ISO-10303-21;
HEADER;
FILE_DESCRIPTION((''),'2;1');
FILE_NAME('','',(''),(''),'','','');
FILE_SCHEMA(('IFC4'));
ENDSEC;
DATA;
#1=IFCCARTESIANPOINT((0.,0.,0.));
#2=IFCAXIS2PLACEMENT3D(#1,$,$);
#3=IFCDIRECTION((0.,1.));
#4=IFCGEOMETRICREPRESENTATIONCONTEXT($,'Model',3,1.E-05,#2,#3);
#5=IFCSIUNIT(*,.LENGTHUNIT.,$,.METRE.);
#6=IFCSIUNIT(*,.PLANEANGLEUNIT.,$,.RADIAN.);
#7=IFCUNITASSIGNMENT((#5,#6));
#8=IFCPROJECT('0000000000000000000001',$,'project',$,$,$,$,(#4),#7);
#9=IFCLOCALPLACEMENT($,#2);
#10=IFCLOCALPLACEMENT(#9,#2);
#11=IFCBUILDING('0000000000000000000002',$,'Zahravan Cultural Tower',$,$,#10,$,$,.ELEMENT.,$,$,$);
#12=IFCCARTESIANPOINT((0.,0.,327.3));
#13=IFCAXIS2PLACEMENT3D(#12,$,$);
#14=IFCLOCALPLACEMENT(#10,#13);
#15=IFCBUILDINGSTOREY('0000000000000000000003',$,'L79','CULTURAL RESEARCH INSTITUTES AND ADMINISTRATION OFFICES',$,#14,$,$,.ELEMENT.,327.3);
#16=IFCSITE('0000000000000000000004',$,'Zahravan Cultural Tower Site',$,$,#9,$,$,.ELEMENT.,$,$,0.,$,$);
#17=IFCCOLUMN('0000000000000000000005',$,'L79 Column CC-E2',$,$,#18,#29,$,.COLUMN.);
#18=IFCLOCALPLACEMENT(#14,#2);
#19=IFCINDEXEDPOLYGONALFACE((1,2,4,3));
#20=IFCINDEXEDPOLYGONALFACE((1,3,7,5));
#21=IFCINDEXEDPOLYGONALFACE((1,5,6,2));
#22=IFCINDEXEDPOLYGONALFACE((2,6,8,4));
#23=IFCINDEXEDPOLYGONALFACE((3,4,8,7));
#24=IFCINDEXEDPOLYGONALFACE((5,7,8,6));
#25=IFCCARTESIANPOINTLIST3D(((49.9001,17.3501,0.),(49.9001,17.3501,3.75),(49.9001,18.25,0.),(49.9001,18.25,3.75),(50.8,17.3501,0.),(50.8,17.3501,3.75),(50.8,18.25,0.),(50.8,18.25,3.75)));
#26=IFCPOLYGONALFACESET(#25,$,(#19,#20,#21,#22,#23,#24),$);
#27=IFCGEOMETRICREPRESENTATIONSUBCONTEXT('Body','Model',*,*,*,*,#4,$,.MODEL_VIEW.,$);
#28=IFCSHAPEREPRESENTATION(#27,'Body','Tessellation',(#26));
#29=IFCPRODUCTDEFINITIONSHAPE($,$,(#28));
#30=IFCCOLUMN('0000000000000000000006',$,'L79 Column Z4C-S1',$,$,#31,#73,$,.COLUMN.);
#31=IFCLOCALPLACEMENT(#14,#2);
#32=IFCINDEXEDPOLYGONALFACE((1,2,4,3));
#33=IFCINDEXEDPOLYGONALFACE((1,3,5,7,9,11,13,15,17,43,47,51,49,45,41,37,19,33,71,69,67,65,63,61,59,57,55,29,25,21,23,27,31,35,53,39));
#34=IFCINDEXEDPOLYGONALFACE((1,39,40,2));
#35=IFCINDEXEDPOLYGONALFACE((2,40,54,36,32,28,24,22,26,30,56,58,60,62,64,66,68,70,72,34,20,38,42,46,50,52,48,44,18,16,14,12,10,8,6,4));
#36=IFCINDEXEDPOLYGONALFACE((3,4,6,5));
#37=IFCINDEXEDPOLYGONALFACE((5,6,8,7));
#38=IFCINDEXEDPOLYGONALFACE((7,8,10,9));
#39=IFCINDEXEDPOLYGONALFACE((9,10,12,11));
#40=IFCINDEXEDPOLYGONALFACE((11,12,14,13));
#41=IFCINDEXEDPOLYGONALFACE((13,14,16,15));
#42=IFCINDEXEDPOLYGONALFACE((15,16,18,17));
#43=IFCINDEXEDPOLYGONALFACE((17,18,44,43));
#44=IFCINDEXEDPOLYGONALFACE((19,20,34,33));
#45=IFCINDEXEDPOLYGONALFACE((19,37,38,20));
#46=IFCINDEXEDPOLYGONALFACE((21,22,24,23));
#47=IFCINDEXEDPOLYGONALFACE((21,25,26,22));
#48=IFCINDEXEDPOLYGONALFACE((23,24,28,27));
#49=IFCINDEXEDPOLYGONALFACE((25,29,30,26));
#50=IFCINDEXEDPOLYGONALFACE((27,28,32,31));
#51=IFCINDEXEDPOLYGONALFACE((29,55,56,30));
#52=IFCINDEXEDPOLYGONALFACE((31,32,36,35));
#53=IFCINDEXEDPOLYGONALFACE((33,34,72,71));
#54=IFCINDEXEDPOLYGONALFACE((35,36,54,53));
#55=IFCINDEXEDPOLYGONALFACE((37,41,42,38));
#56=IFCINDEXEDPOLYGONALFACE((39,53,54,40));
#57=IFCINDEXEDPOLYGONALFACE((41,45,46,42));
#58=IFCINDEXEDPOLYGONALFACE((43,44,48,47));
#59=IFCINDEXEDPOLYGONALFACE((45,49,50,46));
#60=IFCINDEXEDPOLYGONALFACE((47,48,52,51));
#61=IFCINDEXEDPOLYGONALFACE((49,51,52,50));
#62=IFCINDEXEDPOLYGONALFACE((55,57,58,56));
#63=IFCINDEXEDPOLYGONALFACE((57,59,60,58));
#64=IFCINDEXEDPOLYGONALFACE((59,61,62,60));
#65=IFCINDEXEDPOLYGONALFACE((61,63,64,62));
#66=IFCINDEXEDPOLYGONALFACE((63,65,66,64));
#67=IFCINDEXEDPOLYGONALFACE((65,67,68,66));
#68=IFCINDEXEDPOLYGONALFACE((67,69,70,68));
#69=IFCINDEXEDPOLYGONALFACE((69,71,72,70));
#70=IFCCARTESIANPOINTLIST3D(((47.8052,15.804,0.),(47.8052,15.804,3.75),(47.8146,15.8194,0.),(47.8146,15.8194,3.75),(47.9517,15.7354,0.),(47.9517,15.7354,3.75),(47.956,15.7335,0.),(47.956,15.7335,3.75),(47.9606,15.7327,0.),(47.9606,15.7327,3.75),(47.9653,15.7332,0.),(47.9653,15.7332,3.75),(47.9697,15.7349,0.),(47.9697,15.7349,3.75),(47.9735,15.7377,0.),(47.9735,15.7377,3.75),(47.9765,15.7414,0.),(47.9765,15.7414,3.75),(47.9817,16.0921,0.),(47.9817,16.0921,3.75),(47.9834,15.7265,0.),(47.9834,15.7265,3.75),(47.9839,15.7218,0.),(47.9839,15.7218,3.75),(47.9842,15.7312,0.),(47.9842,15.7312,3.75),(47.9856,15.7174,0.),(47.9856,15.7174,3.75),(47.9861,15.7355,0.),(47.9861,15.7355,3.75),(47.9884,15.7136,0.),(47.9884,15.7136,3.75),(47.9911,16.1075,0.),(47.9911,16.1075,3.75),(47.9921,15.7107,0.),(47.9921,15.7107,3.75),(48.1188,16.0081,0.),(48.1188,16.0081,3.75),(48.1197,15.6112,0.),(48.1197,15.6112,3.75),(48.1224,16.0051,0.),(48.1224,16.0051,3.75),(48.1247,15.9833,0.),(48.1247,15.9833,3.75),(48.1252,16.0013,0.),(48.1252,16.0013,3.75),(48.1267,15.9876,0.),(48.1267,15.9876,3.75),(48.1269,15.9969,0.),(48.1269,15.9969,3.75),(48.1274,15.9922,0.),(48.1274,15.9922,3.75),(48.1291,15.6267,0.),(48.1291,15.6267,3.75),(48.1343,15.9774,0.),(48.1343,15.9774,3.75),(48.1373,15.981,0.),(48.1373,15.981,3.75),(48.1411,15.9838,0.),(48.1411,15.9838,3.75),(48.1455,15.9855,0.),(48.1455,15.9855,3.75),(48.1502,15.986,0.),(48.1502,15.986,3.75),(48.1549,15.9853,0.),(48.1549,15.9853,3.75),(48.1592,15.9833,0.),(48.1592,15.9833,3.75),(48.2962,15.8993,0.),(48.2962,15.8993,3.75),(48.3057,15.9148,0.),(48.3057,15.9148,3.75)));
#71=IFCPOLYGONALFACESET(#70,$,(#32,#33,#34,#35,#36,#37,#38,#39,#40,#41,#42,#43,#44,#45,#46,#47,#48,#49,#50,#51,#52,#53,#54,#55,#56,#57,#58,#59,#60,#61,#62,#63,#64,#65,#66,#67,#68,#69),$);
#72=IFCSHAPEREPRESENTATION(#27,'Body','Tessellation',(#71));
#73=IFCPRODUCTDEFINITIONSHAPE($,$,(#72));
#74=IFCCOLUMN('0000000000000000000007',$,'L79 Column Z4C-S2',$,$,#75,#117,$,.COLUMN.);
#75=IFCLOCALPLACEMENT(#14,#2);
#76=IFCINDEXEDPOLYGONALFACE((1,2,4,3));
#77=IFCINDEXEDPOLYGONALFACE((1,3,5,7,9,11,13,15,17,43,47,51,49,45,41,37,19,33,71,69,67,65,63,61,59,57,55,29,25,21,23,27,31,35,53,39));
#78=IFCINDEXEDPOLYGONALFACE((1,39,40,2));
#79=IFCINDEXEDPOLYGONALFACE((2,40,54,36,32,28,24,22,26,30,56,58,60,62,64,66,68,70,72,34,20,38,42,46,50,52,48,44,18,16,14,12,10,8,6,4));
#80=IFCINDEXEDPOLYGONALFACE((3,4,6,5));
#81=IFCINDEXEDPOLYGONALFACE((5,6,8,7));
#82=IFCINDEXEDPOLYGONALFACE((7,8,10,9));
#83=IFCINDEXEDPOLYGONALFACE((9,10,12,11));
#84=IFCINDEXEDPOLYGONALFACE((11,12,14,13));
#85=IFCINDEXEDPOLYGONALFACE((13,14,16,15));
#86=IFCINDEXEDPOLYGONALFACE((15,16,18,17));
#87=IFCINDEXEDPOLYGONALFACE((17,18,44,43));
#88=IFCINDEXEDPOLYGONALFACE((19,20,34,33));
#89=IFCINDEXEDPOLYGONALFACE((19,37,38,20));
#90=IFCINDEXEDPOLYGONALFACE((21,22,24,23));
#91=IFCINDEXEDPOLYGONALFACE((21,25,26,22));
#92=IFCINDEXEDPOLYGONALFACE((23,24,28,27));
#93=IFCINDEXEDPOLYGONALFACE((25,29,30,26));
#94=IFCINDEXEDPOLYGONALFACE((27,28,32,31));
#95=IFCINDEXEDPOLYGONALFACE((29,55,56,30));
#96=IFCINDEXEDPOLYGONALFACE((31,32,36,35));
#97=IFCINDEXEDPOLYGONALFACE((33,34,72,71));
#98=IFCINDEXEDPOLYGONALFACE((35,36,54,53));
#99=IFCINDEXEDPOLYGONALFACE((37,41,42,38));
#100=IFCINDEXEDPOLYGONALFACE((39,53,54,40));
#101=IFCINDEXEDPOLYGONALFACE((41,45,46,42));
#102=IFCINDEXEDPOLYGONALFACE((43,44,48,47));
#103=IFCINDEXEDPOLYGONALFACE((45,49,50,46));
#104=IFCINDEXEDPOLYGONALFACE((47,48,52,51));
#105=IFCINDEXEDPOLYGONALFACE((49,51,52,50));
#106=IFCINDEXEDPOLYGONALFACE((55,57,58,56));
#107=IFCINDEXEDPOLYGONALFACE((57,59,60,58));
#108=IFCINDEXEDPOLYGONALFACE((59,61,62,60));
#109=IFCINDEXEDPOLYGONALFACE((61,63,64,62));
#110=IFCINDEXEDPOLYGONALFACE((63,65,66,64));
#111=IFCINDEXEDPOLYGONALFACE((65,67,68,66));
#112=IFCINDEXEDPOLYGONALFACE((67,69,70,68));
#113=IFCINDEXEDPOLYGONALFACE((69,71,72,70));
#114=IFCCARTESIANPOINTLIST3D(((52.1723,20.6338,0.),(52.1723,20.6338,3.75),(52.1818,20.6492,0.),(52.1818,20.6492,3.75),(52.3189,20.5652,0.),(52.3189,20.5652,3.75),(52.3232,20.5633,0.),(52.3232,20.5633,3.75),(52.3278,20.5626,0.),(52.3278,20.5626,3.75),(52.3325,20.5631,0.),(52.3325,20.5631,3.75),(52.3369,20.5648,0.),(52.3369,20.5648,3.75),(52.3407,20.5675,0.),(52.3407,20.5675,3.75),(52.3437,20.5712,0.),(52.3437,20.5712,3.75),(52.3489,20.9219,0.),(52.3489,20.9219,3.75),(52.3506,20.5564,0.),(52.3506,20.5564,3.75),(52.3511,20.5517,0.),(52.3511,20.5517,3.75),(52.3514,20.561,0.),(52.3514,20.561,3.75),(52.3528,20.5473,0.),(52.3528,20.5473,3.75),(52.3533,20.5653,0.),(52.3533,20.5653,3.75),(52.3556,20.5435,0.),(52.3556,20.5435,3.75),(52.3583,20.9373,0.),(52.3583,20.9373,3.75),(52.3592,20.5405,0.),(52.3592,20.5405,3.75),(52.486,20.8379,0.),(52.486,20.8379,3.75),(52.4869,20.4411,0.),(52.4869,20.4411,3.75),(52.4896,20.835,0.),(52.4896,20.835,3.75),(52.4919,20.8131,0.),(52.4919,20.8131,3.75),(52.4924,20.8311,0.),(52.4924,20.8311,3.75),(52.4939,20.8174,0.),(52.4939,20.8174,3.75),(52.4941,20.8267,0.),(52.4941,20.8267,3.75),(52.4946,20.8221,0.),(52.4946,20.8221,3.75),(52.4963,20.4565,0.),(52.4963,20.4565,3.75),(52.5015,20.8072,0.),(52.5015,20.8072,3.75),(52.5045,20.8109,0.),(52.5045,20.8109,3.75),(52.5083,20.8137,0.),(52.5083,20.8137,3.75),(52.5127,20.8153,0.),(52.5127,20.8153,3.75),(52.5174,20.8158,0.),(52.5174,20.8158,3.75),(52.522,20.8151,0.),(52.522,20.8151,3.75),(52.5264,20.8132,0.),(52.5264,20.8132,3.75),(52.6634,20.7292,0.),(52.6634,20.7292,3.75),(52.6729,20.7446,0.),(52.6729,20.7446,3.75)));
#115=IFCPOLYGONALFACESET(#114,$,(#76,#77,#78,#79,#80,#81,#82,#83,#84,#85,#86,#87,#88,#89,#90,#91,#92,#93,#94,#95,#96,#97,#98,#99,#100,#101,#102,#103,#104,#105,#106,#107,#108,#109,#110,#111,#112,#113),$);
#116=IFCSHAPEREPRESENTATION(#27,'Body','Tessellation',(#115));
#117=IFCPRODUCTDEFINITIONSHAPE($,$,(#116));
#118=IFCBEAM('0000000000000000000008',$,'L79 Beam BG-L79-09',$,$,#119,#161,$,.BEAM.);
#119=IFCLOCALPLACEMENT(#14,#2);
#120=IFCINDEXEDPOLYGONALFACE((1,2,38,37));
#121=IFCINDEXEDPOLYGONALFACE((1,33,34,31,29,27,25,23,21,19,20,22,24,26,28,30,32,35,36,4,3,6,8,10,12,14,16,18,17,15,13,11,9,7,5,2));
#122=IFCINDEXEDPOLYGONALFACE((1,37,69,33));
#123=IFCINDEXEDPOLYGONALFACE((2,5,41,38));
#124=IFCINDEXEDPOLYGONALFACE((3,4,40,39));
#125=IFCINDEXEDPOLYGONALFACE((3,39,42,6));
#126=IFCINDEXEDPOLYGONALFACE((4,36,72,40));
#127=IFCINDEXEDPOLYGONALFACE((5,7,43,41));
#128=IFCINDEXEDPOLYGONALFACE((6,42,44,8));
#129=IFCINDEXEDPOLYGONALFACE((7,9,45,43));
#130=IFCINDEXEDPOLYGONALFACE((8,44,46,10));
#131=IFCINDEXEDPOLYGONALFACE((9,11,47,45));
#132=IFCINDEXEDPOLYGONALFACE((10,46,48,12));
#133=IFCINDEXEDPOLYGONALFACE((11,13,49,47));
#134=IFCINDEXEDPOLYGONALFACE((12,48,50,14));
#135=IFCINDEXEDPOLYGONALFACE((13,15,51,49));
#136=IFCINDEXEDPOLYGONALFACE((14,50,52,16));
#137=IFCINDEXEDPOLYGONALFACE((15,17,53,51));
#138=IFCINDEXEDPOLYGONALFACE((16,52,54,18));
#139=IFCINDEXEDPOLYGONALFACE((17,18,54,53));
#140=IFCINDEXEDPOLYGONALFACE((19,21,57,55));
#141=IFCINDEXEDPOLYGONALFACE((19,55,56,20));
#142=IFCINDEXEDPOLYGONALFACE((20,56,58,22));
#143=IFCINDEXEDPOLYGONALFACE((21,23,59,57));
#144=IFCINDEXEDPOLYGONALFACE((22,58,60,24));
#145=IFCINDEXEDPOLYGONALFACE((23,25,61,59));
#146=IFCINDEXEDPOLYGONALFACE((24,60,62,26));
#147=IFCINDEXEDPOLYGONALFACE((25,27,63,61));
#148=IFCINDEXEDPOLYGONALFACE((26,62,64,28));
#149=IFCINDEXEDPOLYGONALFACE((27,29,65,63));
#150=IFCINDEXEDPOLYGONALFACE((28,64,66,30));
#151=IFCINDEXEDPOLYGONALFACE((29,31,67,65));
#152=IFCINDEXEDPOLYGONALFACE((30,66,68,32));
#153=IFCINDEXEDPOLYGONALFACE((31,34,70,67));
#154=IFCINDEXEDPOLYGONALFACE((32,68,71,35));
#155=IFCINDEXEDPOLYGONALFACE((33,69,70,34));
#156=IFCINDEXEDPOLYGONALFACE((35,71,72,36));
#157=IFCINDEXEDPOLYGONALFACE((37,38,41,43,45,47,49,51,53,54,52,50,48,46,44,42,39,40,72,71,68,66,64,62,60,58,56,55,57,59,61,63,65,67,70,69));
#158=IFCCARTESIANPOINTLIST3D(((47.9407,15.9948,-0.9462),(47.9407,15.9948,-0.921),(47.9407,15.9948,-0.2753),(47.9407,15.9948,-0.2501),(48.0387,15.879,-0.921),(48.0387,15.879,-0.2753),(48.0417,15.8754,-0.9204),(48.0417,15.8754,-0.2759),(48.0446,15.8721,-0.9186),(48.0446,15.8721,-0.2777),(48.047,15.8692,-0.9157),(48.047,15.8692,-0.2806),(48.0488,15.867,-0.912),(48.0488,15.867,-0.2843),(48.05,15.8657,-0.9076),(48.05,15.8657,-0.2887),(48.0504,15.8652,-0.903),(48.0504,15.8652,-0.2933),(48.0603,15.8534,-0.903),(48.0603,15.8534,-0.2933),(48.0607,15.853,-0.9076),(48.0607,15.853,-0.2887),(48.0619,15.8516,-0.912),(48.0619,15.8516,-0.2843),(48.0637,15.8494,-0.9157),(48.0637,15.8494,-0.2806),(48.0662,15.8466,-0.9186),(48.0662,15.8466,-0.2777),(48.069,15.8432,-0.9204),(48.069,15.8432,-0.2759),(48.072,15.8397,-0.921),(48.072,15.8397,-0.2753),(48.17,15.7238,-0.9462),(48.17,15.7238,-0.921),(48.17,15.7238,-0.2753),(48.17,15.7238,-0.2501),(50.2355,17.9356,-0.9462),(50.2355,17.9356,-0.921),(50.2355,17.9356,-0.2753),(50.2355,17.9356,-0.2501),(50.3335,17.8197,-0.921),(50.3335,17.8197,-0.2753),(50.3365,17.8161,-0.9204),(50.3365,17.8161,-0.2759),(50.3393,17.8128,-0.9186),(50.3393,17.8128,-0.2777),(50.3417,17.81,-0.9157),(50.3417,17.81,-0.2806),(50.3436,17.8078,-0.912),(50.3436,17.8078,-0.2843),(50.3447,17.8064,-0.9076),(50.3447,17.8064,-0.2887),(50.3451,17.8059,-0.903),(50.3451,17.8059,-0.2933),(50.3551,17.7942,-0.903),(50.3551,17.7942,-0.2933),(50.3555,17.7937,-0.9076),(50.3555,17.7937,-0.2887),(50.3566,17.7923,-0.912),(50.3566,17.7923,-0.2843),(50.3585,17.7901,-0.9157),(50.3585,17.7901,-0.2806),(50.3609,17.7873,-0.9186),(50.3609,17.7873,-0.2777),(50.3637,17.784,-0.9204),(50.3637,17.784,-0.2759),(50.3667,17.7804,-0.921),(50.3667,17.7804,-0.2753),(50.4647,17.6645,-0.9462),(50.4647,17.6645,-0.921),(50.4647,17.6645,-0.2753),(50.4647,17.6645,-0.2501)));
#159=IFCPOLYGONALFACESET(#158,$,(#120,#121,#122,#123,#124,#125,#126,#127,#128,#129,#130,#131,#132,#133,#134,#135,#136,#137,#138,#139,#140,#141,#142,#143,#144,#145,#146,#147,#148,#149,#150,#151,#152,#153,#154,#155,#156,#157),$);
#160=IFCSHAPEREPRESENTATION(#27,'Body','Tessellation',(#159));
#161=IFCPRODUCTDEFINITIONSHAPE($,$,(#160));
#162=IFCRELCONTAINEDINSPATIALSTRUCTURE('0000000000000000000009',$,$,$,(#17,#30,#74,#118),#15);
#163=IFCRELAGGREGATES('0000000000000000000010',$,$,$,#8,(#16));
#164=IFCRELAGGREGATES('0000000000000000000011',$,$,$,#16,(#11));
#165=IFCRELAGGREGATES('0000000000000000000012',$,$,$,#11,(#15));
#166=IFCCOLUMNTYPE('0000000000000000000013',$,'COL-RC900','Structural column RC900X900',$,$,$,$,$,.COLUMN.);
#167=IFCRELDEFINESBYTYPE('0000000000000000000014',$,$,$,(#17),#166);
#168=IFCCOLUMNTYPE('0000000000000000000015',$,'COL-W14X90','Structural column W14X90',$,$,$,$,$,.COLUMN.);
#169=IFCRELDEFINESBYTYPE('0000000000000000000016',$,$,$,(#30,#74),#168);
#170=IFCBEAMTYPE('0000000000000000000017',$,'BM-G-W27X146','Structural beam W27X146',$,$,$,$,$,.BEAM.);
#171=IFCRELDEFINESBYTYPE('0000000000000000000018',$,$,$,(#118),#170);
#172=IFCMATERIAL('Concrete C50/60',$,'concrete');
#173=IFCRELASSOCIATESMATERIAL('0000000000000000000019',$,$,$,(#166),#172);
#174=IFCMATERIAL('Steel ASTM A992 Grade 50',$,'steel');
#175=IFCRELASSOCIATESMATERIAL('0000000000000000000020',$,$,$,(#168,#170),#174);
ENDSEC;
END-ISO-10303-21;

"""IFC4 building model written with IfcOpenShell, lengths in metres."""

from ifc_helpers import new_model, si_unit, direction, frame, origin, origin_2d, place, context, subcontext, project, spatial, rectangle, i_section, extrude, source, transform, mapped, material, material_profile, profile_set, type_object, element, save


model = new_model("IFC4")

# Units and contexts
model_context = context("Model", 3, precision=1e-05, world=origin(), true_north=direction((0.0, 1.0)))
body_context = subcontext(model_context, "Body", "Model", "MODEL_VIEW")
ifc_project = project(units=[si_unit("LENGTHUNIT", "METRE"), si_unit("PLANEANGLEUNIT", "RADIAN")], contexts=[model_context])

# Site, building, storey
site_placement = place(None, origin())
site = spatial("IfcSite", under=ifc_project, at=site_placement, Name="Zahravan Cultural Tower Site", CompositionType="ELEMENT", RefElevation=0.0)
building_placement = place(site_placement, origin())
building = spatial("IfcBuilding", under=site, at=building_placement, Name="Zahravan Cultural Tower", CompositionType="ELEMENT")
storey_placement = place(building_placement, frame((0.0, 0.0, 327.3)))
storey = spatial("IfcBuildingStorey", under=building, at=storey_placement, Name="L79", Description="CULTURAL RESEARCH INSTITUTES AND ADMINISTRATION OFFICES", CompositionType="ELEMENT", Elevation=327.3)

# Columns
ifc_material_1 = material(Name="Concrete C50/60", Category="concrete")
ifc_material_profile_1 = material_profile(ifc_material_1, rectangle(XDim=0.8999, YDim=0.8999, at=origin_2d()), Name="RC900X900")
ifc_profile_set_1 = profile_set([ifc_material_profile_1], Name="Concrete C50/60")
column_type_1 = type_object("IfcColumnType", Name="COL-RC900", Description="Structural column RC900X900", PredefinedType="COLUMN", material=ifc_profile_set_1)
shared_shape_1 = source(origin(), body_context, "Body", "SweptSolid", [
    extrude(rectangle(XDim=0.8999, YDim=0.8999, at=origin_2d()), origin(), (0.0, 0.0, 1.0), 3.75),
])
column_placement = place(storey_placement, frame((50.3501, 17.8, 0.0), z_axis=(0.0, 0.0, 1.0), x_axis=(1.0, 0.0, 0.0)))
element("IfcColumn", 1, at=column_placement, inside=storey, type_object=column_type_1, Name="L79 Column CC-E2", PredefinedType="COLUMN", context=body_context, shape_type="MappedRepresentation", body=[
    mapped(shared_shape_1, transform((0.0, 0.0, 0.0), x_axis=(1.0, 0.0, 0.0), y_axis=(0.0, 1.0, 0.0), z_axis=(0.0, 0.0, 1.0), scale=1.0)),
])
ifc_material_2 = material(Name="Steel ASTM A992 Grade 50", Category="steel")
ifc_material_profile_2 = material_profile(ifc_material_2, i_section(OverallWidth=0.3689, OverallDepth=0.356, WebThickness=0.0112, FlangeThickness=0.0181, FilletRadius=0.0181, at=origin_2d()), Name="W14X90")
ifc_profile_set_2 = profile_set([ifc_material_profile_2], Name="Steel ASTM A992 Grade 50")
column_type_2 = type_object("IfcColumnType", Name="COL-W14X90", Description="Structural column W14X90", PredefinedType="COLUMN", material=ifc_profile_set_2)
shared_shape_2 = source(origin(), body_context, "Body", "SweptSolid", [
    extrude(i_section(OverallWidth=0.3689, OverallDepth=0.356, WebThickness=0.0112, FlangeThickness=0.0181, FilletRadius=0.0181, at=origin_2d()), origin(), (0.0, 0.0, 1.0), 3.75),
])
for number, where, z_axis, x_axis, name in (
    (2, (48.0554, 15.8594, 0.0), (0.0, 0.0, 1.0), (-0.85264, 0.522499, 0.0), "L79 Column Z4C-S1"),
    (3, (52.4226, 20.6892, 0.0), (0.0, 0.0, 1.0), (-0.85264, 0.522499, 0.0), "L79 Column Z4C-S2"),
):
    element("IfcColumn", number, at=place(storey_placement, frame(where, z_axis=z_axis, x_axis=x_axis)), inside=storey, type_object=column_type_2, Name=name, PredefinedType="COLUMN", context=body_context, shape_type="MappedRepresentation", body=[
        mapped(shared_shape_2, transform((0.0, 0.0, 0.0), x_axis=(1.0, 0.0, 0.0), y_axis=(0.0, 1.0, 0.0), z_axis=(0.0, 0.0, 1.0), scale=1.0)),
    ])

# Beam
ifc_material_profile_3 = material_profile(ifc_material_2, i_section(OverallWidth=0.355, OverallDepth=0.696, WebThickness=0.0154, FlangeThickness=0.0251, FilletRadius=0.0181, at=origin_2d()), Name="W27X146")
ifc_profile_set_3 = profile_set([ifc_material_profile_3], Name="Steel ASTM A992 Grade 50")
beam_type_1 = type_object("IfcBeamType", Name="BM-G-W27X146", Description="Structural beam W27X146", PredefinedType="BEAM", material=ifc_profile_set_3)
shared_shape_3 = source(origin(), body_context, "Body", "SweptSolid", [
    extrude(i_section(OverallWidth=0.355, OverallDepth=0.696, WebThickness=0.0154, FlangeThickness=0.0251, FilletRadius=0.0181, at=origin_2d()), origin(), (0.0, 0.0, 1.0), 3.0054),
])
beam_1_placement = place(storey_placement, frame((50.3501, 17.8, -0.5981), z_axis=(-0.763546, -0.645753, 0.0), x_axis=(0.645753, -0.763546, 0.0)))
element("IfcBeam", 4, at=beam_1_placement, inside=storey, type_object=beam_type_1, Name="L79 Beam BG-L79-09", PredefinedType="BEAM", context=body_context, shape_type="MappedRepresentation", body=[
    mapped(shared_shape_3, transform((0.0, 0.0, 0.0), x_axis=(1.0, 0.0, 0.0), y_axis=(0.0, 1.0, 0.0), z_axis=(0.0, 0.0, 1.0), scale=1.0)),
])

save(model, "model.ifc")
